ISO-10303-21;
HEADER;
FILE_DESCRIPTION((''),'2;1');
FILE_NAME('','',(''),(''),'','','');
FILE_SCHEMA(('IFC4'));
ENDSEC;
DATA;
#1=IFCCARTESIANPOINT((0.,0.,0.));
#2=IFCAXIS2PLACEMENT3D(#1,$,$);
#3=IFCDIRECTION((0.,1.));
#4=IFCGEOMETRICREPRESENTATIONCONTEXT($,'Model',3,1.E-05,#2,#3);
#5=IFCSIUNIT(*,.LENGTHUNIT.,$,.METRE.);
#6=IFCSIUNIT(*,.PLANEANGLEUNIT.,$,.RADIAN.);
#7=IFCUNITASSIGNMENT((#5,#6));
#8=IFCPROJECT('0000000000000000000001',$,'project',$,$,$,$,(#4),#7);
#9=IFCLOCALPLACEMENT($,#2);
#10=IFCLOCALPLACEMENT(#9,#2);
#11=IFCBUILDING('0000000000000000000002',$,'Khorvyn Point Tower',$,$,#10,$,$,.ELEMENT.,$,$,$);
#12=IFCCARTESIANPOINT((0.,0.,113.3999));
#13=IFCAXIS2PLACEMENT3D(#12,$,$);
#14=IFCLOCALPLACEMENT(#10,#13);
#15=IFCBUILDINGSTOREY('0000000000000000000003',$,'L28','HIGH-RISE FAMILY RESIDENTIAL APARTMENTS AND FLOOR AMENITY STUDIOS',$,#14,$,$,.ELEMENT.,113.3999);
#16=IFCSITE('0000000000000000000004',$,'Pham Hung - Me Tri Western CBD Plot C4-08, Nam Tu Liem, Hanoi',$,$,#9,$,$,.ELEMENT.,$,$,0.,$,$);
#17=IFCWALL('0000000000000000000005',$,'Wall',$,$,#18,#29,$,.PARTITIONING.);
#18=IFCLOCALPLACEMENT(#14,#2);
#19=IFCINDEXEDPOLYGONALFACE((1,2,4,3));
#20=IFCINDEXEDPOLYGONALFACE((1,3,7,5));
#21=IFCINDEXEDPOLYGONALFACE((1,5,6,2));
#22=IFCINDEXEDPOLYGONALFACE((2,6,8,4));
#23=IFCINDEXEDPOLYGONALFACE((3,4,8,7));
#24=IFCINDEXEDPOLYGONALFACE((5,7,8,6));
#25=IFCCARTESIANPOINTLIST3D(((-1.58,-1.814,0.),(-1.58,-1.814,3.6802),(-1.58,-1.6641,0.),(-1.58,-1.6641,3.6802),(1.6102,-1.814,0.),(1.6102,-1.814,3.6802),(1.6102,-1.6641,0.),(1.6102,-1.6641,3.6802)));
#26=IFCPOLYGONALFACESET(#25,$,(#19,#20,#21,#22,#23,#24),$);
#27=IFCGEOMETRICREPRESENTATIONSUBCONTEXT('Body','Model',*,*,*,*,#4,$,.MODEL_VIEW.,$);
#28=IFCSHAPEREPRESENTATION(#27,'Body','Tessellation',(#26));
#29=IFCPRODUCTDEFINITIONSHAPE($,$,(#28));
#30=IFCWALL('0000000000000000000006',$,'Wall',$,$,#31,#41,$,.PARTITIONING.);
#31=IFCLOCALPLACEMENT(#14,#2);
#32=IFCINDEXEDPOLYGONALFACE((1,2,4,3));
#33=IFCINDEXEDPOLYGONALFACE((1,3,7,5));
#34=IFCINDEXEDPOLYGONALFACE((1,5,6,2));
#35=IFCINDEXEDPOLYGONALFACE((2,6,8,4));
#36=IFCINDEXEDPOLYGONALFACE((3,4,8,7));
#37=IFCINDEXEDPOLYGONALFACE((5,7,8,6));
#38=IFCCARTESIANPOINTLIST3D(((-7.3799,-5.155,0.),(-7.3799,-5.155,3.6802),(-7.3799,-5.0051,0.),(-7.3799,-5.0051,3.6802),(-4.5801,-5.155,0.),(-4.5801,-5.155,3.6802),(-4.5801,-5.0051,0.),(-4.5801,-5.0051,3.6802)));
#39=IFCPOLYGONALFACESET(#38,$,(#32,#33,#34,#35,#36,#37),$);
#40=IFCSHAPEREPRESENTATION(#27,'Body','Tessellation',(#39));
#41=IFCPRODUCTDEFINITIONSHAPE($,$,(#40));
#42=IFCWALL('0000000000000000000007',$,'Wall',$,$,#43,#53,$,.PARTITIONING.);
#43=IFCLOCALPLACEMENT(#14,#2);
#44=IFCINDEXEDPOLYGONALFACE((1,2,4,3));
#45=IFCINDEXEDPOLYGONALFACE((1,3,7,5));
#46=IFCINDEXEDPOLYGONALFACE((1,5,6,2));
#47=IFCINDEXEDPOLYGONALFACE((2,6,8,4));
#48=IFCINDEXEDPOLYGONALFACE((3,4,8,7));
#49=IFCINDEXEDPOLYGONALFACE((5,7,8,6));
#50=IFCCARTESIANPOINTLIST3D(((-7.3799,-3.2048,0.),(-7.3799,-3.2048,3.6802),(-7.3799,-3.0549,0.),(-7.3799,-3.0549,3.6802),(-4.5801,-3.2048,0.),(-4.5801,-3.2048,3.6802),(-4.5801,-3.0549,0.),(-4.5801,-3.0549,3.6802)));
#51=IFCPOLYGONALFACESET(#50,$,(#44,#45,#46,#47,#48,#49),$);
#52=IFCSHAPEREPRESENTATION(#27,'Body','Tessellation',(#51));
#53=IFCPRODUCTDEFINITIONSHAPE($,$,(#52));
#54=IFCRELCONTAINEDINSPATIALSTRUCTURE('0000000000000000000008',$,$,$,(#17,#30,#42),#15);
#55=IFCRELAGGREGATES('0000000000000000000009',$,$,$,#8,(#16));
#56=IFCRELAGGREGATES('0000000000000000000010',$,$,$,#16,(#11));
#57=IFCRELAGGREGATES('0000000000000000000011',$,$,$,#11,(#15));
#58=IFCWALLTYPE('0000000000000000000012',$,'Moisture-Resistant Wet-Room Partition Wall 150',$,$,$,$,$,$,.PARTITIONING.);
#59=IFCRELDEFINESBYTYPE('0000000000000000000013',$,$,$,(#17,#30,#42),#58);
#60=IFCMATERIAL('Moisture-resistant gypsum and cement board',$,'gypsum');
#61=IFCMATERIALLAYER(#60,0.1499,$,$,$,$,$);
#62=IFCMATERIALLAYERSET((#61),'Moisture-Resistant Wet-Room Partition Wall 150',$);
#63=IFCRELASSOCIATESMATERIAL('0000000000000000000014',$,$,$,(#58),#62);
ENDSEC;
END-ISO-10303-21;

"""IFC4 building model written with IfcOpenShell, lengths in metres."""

from ifc_helpers import new_model, si_unit, direction, frame, frame_2d, origin, place, context, subcontext, project, spatial, rectangle, extrude, material, layer, layer_set, type_object, element, save


model = new_model("IFC4")

# Units and contexts
model_context = context("Model", 3, precision=1e-05, world=origin(), true_north=direction((0.0, 1.0)))
body_context = subcontext(model_context, "Body", "Model", "MODEL_VIEW")
ifc_project = project(units=[si_unit("LENGTHUNIT", "METRE"), si_unit("PLANEANGLEUNIT", "RADIAN")], contexts=[model_context])

# Site, building, storey
site_placement = place(None, origin())
site = spatial("IfcSite", under=ifc_project, at=site_placement, Name="Pham Hung - Me Tri Western CBD Plot C4-08, Nam Tu Liem, Hanoi", CompositionType="ELEMENT", RefElevation=0.0)
building_placement = place(site_placement, origin())
building = spatial("IfcBuilding", under=site, at=building_placement, Name="Khorvyn Point Tower", CompositionType="ELEMENT")
storey_placement = place(building_placement, frame((0.0, 0.0, 113.3999)))
storey = spatial("IfcBuildingStorey", under=building, at=storey_placement, Name="L28", Description="HIGH-RISE FAMILY RESIDENTIAL APARTMENTS AND FLOOR AMENITY STUDIOS", CompositionType="ELEMENT", Elevation=113.3999)

# Walls
ifc_material_1 = material(Name="Moisture-resistant gypsum and cement board", Category="gypsum")
ifc_layer_1 = layer(ifc_material_1, 0.1499)
ifc_layer_set_1 = layer_set([ifc_layer_1], Name="Moisture-Resistant Wet-Room Partition Wall 150")
wall_type_1 = type_object("IfcWallType", Name="Moisture-Resistant Wet-Room Partition Wall 150", PredefinedType="PARTITIONING", material=ifc_layer_set_1)
wall_1_placement = place(storey_placement, frame((-1.5801, -1.739, 0.0), z_axis=(0.0, 0.0, 1.0), x_axis=(1.0, 0.0, 0.0)))
element("IfcWall", 1, at=wall_1_placement, inside=storey, type_object=wall_type_1, Name="Wall", PredefinedType="PARTITIONING", context=body_context, shape_type="SweptSolid", body=[
    extrude(rectangle(XDim=3.1902, YDim=0.1499, at=frame_2d((1.5952, 0.0))), origin(), (0.0, 0.0, 1.0), 3.6802),
])
for number, where, z_axis, x_axis, name in (
    (2, (-7.3799, -5.0801, 0.0), (0.0, 0.0, 1.0), (1.0, 0.0, 0.0), "Wall"),
    (3, (-7.3799, -3.1299, 0.0), (0.0, 0.0, 1.0), (1.0, 0.0, 0.0), "Wall"),
):
    element("IfcWall", number, at=place(storey_placement, frame(where, z_axis=z_axis, x_axis=x_axis)), inside=storey, type_object=wall_type_1, Name=name, PredefinedType="PARTITIONING", context=body_context, shape_type="SweptSolid", body=[
        extrude(rectangle(XDim=2.7998, YDim=0.1499, at=frame_2d((1.3999, 0.0))), origin(), (0.0, 0.0, 1.0), 3.6802),
    ])

save(model, "model.ifc")
